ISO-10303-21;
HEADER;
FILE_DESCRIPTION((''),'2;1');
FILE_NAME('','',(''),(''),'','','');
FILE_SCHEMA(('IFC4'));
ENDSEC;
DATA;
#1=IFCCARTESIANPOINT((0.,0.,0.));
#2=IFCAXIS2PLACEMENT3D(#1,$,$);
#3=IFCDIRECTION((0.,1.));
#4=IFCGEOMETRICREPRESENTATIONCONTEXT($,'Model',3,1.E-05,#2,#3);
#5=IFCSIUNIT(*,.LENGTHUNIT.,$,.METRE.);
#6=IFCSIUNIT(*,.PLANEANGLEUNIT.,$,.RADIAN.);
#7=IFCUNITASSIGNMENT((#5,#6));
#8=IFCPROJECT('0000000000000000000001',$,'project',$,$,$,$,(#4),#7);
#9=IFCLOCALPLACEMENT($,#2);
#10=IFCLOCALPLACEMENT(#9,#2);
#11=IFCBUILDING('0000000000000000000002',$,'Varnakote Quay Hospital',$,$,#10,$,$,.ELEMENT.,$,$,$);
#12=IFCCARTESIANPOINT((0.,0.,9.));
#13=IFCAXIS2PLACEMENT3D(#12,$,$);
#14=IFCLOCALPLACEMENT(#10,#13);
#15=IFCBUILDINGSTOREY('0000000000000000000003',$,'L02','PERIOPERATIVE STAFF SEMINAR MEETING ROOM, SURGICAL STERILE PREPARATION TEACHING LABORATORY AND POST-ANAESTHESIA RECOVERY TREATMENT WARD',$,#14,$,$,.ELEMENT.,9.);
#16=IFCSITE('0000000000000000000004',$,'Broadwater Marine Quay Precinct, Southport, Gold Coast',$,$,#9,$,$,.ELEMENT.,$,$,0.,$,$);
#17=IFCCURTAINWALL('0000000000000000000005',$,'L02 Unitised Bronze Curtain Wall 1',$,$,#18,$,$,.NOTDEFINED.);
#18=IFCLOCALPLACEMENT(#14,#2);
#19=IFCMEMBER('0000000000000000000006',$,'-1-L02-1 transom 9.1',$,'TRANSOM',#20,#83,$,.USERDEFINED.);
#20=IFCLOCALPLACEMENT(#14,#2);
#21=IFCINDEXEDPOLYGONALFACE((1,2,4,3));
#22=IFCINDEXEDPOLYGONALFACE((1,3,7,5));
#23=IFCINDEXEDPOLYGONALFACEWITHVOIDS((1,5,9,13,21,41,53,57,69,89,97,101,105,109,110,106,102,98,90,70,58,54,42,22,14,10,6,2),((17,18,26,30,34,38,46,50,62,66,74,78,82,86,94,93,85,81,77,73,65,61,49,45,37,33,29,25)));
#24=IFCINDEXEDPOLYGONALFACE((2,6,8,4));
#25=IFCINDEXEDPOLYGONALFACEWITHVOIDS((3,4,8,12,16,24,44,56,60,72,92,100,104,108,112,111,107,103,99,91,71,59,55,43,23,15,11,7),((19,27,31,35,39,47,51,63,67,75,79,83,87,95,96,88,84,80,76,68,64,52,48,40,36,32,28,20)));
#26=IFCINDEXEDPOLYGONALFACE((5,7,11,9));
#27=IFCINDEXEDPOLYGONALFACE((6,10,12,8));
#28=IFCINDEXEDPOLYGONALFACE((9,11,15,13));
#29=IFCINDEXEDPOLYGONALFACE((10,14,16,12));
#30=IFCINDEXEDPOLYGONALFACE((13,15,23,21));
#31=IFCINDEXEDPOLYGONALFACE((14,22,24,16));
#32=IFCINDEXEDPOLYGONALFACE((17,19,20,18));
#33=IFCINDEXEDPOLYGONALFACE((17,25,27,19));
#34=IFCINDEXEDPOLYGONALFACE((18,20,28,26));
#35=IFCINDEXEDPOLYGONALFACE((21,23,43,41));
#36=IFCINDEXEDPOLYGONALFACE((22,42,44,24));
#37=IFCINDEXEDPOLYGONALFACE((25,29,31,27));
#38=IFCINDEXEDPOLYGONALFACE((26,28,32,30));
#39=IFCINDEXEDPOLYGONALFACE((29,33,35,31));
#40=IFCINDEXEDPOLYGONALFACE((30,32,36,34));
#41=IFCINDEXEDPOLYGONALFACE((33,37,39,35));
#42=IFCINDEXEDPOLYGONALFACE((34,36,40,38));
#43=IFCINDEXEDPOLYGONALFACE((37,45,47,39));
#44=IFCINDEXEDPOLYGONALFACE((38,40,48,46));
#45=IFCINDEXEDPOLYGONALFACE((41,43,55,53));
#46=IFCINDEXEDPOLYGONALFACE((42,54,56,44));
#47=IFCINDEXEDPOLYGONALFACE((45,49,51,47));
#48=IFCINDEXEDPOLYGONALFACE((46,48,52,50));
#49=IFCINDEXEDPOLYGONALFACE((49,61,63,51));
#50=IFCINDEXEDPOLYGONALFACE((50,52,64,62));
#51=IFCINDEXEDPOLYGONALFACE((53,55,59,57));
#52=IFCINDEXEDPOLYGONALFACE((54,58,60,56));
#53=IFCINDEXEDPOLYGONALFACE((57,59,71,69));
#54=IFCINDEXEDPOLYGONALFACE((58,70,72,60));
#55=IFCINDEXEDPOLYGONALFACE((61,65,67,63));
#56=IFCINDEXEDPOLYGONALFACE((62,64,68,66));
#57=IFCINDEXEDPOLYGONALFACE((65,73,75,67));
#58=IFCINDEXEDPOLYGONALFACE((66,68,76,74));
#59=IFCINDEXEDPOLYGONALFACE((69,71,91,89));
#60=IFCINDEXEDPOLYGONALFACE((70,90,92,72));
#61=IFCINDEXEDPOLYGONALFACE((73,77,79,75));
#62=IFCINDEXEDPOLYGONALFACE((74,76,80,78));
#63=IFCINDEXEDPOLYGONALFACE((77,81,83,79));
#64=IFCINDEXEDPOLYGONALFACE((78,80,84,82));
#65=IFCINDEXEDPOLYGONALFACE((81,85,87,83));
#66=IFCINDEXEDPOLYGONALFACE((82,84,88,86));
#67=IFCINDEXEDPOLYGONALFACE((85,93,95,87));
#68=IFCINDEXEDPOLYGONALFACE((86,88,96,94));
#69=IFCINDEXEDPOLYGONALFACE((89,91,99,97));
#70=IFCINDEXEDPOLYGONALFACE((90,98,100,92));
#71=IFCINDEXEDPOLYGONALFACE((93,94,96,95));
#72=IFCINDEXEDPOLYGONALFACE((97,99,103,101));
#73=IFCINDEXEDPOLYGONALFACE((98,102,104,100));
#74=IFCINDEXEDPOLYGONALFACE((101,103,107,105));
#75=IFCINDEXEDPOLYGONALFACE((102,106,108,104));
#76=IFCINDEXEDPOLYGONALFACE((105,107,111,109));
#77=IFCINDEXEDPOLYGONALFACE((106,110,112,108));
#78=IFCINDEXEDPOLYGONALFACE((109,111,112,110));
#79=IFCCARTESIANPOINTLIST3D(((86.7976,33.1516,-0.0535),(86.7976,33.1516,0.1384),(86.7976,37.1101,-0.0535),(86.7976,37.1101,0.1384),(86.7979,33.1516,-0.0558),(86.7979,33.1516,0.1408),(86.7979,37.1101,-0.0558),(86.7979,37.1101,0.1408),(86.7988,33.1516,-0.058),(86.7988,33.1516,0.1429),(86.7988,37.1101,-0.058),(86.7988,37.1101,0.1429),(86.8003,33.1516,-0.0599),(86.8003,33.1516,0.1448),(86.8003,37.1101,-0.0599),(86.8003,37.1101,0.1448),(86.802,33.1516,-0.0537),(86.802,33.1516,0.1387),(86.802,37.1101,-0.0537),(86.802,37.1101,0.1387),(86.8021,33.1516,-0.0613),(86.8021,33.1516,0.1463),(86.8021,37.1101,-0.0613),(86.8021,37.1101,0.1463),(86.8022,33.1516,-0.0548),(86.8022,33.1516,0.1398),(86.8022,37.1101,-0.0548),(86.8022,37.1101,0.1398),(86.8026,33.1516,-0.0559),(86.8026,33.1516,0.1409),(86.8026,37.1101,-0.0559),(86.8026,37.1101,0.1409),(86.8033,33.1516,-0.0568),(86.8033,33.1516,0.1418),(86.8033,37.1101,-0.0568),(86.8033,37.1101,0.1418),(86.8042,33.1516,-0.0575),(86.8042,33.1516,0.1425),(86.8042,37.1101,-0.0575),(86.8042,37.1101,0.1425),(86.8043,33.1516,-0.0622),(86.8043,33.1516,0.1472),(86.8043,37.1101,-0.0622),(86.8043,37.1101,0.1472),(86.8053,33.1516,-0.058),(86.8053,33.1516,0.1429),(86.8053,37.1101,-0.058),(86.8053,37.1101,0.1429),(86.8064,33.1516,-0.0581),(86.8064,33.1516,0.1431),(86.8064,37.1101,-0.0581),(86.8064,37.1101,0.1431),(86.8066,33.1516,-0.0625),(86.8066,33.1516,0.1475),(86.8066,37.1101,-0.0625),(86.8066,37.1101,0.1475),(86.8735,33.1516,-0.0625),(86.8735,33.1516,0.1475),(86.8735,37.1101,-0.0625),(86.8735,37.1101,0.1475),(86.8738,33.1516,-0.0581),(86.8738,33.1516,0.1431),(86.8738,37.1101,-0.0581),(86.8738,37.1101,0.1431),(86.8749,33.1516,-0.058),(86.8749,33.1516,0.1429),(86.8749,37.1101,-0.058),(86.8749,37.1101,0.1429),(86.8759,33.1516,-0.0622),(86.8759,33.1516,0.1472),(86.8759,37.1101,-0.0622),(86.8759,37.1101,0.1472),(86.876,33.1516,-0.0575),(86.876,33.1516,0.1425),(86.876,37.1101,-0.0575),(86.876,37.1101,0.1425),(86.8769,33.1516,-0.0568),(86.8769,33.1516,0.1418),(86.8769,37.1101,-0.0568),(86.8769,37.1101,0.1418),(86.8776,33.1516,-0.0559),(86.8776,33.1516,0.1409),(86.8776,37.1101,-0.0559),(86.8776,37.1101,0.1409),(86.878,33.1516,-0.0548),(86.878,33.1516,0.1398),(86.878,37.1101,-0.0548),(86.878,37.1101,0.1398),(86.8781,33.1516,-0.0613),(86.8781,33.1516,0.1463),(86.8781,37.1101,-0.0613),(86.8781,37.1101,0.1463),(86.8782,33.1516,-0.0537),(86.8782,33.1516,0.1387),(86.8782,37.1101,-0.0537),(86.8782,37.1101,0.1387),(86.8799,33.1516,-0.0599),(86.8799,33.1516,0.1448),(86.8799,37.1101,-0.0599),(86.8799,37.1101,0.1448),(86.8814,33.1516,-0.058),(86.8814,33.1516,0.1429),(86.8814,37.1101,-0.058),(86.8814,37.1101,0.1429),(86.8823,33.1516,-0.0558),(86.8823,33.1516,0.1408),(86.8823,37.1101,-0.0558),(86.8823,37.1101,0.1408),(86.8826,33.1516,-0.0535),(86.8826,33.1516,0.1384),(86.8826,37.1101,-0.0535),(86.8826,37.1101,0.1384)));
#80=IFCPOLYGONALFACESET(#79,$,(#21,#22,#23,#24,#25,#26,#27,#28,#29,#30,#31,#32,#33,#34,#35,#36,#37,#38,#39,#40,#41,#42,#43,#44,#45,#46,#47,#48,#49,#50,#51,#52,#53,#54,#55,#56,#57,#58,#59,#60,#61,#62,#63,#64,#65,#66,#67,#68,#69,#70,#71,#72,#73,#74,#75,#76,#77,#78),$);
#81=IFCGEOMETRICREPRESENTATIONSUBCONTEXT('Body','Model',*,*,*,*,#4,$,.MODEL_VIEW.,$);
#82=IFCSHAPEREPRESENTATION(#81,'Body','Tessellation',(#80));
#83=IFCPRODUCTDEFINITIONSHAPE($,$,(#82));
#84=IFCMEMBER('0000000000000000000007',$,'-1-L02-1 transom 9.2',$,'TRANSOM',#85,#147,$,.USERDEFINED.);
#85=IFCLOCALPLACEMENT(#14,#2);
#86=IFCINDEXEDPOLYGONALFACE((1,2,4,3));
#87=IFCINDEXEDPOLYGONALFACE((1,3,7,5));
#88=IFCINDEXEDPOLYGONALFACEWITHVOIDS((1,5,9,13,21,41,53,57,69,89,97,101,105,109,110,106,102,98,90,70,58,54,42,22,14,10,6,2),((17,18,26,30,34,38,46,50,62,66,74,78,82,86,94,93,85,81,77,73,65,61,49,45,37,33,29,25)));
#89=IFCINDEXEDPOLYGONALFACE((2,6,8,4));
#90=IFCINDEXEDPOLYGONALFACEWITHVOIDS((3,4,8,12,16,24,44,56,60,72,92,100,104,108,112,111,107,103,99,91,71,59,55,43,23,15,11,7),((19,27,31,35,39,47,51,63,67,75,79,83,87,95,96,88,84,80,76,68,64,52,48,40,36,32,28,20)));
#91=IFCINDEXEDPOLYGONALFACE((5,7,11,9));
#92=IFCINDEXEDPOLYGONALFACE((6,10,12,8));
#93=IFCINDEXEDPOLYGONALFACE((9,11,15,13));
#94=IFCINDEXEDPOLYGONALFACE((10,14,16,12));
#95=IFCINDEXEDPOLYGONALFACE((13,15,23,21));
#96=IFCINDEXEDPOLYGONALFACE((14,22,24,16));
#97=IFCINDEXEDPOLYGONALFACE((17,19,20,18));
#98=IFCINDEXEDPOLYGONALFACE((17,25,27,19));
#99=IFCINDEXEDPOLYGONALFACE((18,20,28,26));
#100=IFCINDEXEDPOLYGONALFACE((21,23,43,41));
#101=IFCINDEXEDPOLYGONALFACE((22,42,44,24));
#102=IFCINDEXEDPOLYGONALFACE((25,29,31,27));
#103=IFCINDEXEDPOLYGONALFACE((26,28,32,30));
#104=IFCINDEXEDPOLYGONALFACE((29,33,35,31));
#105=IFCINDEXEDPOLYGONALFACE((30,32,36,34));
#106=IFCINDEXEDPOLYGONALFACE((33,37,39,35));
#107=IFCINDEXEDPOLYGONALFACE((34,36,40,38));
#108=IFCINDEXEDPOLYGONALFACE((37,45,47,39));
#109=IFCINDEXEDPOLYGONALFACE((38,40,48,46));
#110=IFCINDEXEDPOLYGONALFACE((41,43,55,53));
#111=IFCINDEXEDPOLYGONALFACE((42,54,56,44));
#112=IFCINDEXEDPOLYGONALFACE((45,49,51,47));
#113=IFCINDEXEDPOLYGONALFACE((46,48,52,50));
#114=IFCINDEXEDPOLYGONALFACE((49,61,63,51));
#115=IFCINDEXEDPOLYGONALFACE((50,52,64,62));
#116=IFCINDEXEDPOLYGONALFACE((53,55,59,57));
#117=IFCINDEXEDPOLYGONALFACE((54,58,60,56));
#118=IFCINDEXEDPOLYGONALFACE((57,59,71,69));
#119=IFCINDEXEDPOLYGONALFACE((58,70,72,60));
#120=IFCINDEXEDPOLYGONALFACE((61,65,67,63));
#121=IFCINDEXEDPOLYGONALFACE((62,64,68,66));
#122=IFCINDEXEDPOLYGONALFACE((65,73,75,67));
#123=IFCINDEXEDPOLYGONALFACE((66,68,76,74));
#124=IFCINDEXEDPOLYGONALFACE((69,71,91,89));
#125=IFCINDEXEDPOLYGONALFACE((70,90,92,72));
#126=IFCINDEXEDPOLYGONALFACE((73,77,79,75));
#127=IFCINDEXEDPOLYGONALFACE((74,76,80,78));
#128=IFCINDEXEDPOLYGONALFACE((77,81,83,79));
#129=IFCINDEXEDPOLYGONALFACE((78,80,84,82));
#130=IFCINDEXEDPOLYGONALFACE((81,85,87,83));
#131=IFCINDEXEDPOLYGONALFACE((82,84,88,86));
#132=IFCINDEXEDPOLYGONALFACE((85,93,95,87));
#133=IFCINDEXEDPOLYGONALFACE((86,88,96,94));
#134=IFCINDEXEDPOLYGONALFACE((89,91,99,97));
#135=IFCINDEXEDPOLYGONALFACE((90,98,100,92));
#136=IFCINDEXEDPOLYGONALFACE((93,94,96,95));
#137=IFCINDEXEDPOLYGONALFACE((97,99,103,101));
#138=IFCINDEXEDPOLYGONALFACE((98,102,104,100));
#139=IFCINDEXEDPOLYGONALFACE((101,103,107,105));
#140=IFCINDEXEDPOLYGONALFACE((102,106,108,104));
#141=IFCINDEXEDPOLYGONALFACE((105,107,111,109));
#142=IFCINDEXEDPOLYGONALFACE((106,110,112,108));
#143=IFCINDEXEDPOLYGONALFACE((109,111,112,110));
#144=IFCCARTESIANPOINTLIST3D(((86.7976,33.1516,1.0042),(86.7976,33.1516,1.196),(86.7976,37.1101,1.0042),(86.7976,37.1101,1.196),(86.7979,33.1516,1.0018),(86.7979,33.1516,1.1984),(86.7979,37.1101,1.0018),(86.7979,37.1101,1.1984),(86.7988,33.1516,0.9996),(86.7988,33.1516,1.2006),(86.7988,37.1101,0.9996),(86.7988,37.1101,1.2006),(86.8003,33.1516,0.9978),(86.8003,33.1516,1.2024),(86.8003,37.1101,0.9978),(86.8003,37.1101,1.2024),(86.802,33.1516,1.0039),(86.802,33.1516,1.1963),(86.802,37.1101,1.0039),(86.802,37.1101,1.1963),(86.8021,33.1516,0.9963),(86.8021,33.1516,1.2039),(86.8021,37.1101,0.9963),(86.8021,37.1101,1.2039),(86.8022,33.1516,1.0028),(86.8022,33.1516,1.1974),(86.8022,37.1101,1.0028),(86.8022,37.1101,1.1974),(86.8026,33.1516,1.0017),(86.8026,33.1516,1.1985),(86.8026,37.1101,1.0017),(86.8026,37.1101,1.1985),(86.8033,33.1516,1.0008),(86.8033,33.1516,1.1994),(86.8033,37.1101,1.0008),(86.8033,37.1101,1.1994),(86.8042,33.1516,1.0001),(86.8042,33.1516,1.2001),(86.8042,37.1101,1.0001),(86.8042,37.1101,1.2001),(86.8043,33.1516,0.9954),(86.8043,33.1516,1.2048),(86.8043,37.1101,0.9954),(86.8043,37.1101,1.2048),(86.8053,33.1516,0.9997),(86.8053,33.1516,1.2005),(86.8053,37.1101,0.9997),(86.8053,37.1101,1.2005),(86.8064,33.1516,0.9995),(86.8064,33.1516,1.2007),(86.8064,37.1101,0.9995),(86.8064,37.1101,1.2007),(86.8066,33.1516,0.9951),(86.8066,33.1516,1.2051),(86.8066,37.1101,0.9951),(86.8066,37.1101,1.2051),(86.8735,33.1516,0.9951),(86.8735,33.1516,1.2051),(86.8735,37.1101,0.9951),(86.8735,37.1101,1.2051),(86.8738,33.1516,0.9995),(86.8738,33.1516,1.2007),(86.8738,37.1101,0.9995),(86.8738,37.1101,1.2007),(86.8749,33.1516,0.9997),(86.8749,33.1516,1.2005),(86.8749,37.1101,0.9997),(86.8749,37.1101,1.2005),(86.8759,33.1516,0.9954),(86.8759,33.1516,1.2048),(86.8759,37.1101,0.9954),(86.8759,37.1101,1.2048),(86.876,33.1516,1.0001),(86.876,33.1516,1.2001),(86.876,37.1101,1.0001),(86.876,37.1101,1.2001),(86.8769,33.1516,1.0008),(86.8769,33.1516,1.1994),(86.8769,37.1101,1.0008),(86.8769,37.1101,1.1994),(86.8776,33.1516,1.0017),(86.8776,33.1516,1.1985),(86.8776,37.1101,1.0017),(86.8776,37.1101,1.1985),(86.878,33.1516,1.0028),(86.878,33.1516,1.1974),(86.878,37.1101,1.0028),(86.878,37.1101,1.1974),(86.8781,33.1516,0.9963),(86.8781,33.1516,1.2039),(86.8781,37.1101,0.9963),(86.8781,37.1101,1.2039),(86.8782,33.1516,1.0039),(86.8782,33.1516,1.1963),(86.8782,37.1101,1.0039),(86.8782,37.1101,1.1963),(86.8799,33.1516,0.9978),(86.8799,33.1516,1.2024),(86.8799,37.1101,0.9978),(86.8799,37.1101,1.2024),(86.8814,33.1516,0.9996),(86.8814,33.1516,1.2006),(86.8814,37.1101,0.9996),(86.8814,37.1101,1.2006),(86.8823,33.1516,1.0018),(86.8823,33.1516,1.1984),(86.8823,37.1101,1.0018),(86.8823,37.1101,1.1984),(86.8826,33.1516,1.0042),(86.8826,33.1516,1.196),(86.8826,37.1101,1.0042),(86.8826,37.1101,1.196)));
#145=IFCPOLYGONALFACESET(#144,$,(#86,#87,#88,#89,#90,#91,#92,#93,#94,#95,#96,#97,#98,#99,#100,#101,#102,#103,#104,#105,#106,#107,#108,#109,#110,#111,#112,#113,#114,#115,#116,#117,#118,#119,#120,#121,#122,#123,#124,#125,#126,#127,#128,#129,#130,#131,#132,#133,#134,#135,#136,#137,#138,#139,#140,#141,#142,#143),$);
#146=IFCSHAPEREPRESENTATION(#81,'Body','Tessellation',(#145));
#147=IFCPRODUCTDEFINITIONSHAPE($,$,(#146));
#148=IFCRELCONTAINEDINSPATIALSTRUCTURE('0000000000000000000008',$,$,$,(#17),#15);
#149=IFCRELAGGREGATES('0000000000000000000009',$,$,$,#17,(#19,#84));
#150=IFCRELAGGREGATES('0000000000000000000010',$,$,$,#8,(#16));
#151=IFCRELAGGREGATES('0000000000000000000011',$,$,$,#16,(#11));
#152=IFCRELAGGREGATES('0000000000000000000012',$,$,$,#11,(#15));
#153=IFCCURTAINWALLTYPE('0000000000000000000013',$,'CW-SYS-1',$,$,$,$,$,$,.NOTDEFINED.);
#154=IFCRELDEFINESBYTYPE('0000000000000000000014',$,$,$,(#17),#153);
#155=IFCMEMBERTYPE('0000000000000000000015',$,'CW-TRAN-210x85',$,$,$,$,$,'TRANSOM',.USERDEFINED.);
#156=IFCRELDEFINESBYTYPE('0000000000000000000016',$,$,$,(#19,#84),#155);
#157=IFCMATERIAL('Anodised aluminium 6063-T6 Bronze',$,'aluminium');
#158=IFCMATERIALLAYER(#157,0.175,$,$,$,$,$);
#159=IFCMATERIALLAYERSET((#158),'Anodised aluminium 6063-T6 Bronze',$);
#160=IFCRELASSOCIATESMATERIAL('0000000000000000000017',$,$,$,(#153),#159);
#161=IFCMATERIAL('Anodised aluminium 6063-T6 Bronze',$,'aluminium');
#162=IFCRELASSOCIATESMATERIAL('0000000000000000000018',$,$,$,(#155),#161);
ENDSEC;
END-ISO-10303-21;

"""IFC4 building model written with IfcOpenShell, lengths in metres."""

from ifc_helpers import new_model, si_unit, direction, frame, origin, origin_2d, place, context, subcontext, project, spatial, hollow_rectangle, extrude, material, layer, layer_set, material_profile, profile_set, type_object, element, aggregate, save


model = new_model("IFC4")

# Units and contexts
model_context = context("Model", 3, precision=1e-05, world=origin(), true_north=direction((0.0, 1.0)))
body_context = subcontext(model_context, "Body", "Model", "MODEL_VIEW")
ifc_project = project(units=[si_unit("LENGTHUNIT", "METRE"), si_unit("PLANEANGLEUNIT", "RADIAN")], contexts=[model_context])

# Site, building, storey
site_placement = place(None, origin())
site = spatial("IfcSite", under=ifc_project, at=site_placement, Name="Broadwater Marine Quay Precinct, Southport, Gold Coast", CompositionType="ELEMENT", RefElevation=0.0)
building_placement = place(site_placement, origin())
building = spatial("IfcBuilding", under=site, at=building_placement, Name="Varnakote Quay Hospital", CompositionType="ELEMENT")
storey_placement = place(building_placement, frame((0.0, 0.0, 9.0)))
storey = spatial("IfcBuildingStorey", under=building, at=storey_placement, Name="L02", Description="PERIOPERATIVE STAFF SEMINAR MEETING ROOM, SURGICAL STERILE PREPARATION TEACHING LABORATORY AND POST-ANAESTHESIA RECOVERY TREATMENT WARD", CompositionType="ELEMENT", Elevation=9.0)

# Curtain wall, members
ifc_material_1 = material(Name="Anodised aluminium 6063-T6 Bronze", Category="aluminium")
ifc_layer_1 = layer(ifc_material_1, 0.175)
ifc_layer_set_1 = layer_set([ifc_layer_1], Name="Anodised aluminium 6063-T6 Bronze")
curtain_wall_type = type_object("IfcCurtainWallType", Name="CW-SYS-1", PredefinedType="NOTDEFINED", material=ifc_layer_set_1)
curtain_wall_placement = place(storey_placement, origin())
curtain_wall = element("IfcCurtainWall", 1, at=curtain_wall_placement, inside=storey, type_object=curtain_wall_type, Name="L02 Unitised Bronze Curtain Wall 1", PredefinedType="NOTDEFINED")
ifc_material_2 = material(Name="Anodised aluminium 6063-T6 Bronze", Category="aluminium")
ifc_material_profile_1 = material_profile(ifc_material_2, hollow_rectangle(XDim=0.085, YDim=0.21, WallThickness=0.0044, InnerFilletRadius=0.0044, OuterFilletRadius=0.009, at=origin_2d()), Name="CW-TRAN-210x85")
ifc_profile_set_1 = profile_set([ifc_material_profile_1], Name="Anodised aluminium 6063-T6 Bronze")
member_type_1 = type_object("IfcMemberType", Name="CW-TRAN-210x85", ElementType="TRANSOM", PredefinedType="USERDEFINED", material=ifc_profile_set_1)
member_1_placement = place(storey_placement, frame((86.8401, 33.1516, 0.0425), z_axis=(0.0, 1.0, 0.0), x_axis=(-1.0, 0.0, 0.0)))
member_1 = element("IfcMember", 2, at=member_1_placement, type_object=member_type_1, Name="-1-L02-1 transom 9.1", ObjectType="TRANSOM", PredefinedType="USERDEFINED", context=body_context, shape_type="SweptSolid", body=[
    extrude(hollow_rectangle(XDim=0.085, YDim=0.21, WallThickness=0.0044, InnerFilletRadius=0.0044, OuterFilletRadius=0.009, at=origin_2d()), origin(), (0.0, 0.0, 1.0), 3.9585),
])
member_2_placement = place(storey_placement, frame((86.8401, 33.1516, 1.1001), z_axis=(0.0, 1.0, 0.0), x_axis=(-1.0, 0.0, 0.0)))
member_2 = element("IfcMember", 3, at=member_2_placement, type_object=member_type_1, Name="-1-L02-1 transom 9.2", ObjectType="TRANSOM", PredefinedType="USERDEFINED", context=body_context, shape_type="SweptSolid", body=[
    extrude(hollow_rectangle(XDim=0.085, YDim=0.21, WallThickness=0.0044, InnerFilletRadius=0.0044, OuterFilletRadius=0.009, at=origin_2d()), origin(), (0.0, 0.0, 1.0), 3.9585),
])

aggregate(curtain_wall, [member_1, member_2])

save(model, "model.ifc")
